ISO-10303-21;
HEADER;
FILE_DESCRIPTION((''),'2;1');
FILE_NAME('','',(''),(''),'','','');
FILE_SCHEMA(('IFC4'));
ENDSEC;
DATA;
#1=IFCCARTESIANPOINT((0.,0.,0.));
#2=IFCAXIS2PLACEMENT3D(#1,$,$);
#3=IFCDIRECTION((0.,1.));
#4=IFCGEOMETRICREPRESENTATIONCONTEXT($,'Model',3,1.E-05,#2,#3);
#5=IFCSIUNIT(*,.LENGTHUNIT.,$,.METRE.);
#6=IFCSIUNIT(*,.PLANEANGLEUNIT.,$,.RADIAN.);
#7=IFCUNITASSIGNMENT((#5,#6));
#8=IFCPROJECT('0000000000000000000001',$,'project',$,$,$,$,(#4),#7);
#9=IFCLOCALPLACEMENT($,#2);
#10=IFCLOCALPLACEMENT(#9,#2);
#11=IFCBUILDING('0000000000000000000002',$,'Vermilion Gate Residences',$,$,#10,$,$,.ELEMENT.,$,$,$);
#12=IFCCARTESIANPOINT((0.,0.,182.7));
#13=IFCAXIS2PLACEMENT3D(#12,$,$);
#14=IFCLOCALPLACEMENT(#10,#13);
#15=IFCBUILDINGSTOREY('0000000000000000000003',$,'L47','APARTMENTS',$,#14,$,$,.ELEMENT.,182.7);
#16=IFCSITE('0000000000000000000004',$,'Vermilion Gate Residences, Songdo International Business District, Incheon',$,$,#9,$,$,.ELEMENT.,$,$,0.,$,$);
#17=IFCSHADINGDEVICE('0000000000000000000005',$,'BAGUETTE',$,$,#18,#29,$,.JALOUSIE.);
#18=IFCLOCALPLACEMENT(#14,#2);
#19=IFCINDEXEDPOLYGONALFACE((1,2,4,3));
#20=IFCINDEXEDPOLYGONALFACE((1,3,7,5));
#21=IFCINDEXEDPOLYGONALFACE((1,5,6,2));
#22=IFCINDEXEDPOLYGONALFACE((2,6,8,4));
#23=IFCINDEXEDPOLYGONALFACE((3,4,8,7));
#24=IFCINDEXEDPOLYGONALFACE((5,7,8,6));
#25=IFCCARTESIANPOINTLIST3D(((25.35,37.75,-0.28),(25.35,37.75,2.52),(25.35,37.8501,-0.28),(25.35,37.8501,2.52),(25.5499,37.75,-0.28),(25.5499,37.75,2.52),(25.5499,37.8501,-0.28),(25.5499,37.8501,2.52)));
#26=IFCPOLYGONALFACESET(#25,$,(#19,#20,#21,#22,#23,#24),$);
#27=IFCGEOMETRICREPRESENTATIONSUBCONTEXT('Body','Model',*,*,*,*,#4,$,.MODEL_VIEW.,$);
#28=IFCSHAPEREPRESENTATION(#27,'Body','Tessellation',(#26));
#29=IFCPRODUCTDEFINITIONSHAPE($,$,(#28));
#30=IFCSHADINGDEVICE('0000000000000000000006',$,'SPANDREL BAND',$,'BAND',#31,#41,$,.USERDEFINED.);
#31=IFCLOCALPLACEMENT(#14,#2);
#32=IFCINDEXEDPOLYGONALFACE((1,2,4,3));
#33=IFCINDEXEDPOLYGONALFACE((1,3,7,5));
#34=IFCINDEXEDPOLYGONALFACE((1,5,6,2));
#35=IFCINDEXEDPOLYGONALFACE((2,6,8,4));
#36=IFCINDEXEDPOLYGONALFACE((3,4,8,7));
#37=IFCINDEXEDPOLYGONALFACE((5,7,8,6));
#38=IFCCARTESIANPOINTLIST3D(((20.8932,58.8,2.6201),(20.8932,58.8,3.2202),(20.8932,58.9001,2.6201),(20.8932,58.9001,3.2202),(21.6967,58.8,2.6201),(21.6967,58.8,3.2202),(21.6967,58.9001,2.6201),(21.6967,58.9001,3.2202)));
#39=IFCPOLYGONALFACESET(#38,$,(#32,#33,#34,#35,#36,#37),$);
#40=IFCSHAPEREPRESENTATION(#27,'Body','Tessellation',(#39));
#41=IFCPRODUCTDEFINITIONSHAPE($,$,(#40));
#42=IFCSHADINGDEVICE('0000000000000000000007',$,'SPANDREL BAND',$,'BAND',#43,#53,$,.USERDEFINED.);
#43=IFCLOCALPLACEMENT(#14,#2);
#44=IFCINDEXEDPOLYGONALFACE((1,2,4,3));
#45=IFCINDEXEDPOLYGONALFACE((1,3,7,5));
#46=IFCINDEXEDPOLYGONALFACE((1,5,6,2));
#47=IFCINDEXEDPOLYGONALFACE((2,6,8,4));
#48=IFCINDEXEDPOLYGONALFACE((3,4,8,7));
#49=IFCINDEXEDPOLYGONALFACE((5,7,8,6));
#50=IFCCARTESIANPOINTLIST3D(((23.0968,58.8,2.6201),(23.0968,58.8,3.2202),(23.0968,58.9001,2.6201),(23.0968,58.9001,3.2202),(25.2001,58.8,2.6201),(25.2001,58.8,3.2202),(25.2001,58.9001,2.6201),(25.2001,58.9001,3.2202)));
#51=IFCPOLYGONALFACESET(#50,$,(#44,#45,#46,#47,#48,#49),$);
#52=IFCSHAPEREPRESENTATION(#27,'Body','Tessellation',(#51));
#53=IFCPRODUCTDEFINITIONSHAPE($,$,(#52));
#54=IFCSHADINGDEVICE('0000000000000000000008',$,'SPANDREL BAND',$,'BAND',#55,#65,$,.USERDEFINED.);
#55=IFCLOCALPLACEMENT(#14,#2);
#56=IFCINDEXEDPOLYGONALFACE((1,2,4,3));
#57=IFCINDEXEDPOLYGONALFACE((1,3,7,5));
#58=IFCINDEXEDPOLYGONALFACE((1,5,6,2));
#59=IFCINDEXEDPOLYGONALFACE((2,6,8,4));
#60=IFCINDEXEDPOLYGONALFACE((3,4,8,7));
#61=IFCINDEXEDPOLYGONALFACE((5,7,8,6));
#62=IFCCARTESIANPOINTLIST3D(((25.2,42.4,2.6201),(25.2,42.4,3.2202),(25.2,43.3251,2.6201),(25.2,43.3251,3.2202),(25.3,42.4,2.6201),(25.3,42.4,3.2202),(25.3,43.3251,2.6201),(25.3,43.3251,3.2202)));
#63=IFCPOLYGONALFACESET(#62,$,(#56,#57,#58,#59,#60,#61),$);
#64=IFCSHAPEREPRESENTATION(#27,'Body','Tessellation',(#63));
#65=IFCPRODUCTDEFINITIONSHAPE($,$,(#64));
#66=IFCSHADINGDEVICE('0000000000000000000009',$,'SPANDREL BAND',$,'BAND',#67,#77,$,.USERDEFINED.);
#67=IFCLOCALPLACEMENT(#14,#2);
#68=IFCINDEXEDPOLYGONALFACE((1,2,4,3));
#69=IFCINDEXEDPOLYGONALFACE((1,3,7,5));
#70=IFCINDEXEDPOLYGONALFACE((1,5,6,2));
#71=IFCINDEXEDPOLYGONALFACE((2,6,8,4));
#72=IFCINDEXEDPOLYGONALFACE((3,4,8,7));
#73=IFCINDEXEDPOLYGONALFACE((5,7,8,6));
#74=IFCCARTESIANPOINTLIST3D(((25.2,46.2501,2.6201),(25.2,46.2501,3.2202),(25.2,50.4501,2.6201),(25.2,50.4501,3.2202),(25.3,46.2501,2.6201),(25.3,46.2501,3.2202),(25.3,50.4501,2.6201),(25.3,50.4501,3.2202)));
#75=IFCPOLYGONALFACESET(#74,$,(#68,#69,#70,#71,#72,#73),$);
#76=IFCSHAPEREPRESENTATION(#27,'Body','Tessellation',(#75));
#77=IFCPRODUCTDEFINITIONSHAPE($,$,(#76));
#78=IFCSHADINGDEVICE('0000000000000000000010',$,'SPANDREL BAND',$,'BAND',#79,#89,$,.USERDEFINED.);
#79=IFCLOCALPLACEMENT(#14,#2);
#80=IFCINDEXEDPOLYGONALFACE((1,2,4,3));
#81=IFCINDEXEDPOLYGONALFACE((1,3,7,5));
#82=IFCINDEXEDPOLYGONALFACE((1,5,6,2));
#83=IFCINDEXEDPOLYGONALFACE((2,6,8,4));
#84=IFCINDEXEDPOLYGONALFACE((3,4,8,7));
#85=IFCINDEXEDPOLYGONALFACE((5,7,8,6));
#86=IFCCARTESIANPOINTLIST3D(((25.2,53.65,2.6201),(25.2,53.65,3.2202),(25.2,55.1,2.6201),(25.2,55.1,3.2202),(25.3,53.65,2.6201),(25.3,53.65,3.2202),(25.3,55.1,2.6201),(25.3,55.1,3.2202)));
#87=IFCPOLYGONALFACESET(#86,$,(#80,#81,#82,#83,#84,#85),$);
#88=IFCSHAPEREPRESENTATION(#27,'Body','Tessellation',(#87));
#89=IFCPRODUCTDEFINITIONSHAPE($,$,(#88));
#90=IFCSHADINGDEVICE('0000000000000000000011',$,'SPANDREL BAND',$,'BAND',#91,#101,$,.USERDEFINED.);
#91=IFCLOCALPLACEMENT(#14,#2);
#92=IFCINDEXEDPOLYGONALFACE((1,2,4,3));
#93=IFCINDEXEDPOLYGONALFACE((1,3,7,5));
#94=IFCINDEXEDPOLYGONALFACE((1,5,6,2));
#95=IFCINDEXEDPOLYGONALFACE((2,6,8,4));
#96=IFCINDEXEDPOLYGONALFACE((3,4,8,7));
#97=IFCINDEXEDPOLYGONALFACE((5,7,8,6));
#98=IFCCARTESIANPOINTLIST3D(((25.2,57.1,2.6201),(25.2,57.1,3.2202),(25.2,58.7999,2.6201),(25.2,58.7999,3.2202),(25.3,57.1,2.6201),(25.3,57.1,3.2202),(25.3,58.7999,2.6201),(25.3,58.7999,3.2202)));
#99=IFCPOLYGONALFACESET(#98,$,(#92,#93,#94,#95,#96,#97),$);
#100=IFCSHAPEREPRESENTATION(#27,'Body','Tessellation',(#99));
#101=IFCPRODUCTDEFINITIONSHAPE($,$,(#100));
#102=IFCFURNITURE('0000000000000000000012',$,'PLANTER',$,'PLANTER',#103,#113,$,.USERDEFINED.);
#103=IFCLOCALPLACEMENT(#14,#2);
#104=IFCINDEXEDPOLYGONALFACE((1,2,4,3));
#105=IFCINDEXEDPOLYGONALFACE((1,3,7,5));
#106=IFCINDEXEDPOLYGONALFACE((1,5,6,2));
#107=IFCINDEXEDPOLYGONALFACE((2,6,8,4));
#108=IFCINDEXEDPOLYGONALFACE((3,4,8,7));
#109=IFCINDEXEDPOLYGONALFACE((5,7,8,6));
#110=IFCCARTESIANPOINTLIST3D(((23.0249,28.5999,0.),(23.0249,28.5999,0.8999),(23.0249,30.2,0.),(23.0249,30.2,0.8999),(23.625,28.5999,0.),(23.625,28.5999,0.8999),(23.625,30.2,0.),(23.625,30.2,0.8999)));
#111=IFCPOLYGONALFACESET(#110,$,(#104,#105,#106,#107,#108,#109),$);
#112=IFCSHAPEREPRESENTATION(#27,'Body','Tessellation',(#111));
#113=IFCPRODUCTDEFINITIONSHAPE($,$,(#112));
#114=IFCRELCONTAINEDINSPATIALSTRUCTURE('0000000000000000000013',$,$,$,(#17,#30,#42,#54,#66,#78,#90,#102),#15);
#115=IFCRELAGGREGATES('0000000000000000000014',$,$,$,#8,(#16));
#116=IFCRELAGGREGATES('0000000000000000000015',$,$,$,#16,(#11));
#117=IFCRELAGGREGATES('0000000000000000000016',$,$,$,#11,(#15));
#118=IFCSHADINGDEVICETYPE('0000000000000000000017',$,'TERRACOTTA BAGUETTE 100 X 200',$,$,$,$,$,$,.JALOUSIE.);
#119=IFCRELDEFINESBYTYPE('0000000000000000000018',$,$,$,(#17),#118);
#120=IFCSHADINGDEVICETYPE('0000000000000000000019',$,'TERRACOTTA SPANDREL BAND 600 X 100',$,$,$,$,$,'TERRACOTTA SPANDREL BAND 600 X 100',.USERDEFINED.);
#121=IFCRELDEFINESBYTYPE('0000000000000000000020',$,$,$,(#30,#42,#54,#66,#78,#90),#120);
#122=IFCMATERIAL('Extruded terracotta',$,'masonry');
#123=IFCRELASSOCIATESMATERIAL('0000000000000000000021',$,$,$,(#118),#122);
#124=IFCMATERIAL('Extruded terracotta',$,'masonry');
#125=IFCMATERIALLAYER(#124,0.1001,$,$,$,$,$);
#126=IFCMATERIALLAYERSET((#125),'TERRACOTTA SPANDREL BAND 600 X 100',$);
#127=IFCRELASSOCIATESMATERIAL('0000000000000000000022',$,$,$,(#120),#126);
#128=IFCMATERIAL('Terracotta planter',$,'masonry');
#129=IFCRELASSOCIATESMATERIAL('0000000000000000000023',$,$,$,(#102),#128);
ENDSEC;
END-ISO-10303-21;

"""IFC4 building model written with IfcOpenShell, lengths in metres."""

from ifc_helpers import new_model, si_unit, direction, frame, origin, origin_2d, place, context, subcontext, project, spatial, rectangle, extrude, material, layer, layer_set, material_profile, profile_set, type_object, element, save


model = new_model("IFC4")

# Units and contexts
model_context = context("Model", 3, precision=1e-05, world=origin(), true_north=direction((0.0, 1.0)))
body_context = subcontext(model_context, "Body", "Model", "MODEL_VIEW")
ifc_project = project(units=[si_unit("LENGTHUNIT", "METRE"), si_unit("PLANEANGLEUNIT", "RADIAN")], contexts=[model_context])

# Site, building, storey
site_placement = place(None, origin())
site = spatial("IfcSite", under=ifc_project, at=site_placement, Name="Vermilion Gate Residences, Songdo International Business District, Incheon", CompositionType="ELEMENT", RefElevation=0.0)
building_placement = place(site_placement, origin())
building = spatial("IfcBuilding", under=site, at=building_placement, Name="Vermilion Gate Residences", CompositionType="ELEMENT")
storey_placement = place(building_placement, frame((0.0, 0.0, 182.7)))
storey = spatial("IfcBuildingStorey", under=building, at=storey_placement, Name="L47", Description="APARTMENTS", CompositionType="ELEMENT", Elevation=182.7)

# Shading devices
ifc_material_1 = material(Name="Extruded terracotta", Category="masonry")
ifc_material_profile_1 = material_profile(ifc_material_1, rectangle(XDim=0.2, YDim=0.1001, at=origin_2d()), Name="BAGUETTE 100 X 200")
ifc_profile_set_1 = profile_set([ifc_material_profile_1], Name="Extruded terracotta")
shading_device_type_1 = type_object("IfcShadingDeviceType", Name="TERRACOTTA BAGUETTE 100 X 200", PredefinedType="JALOUSIE", material=ifc_profile_set_1)
shading_device_1_placement = place(storey_placement, frame((25.45, 37.8, -0.28), z_axis=(0.0, 0.0, 1.0), x_axis=(-1.0, 0.0, 0.0)))
element("IfcShadingDevice", 1, at=shading_device_1_placement, inside=storey, type_object=shading_device_type_1, Name="BAGUETTE", PredefinedType="JALOUSIE", context=body_context, shape_type="SweptSolid", body=[
    extrude(rectangle(XDim=0.2, YDim=0.1001, at=origin_2d()), origin(), (0.0, 0.0, 1.0), 2.8),
])
ifc_material_2 = material(Name="Extruded terracotta", Category="masonry")
ifc_layer_1 = layer(ifc_material_2, 0.1001)
ifc_layer_set_1 = layer_set([ifc_layer_1], Name="TERRACOTTA SPANDREL BAND 600 X 100")
shading_device_type_2 = type_object("IfcShadingDeviceType", Name="TERRACOTTA SPANDREL BAND 600 X 100", ElementType="TERRACOTTA SPANDREL BAND 600 X 100", PredefinedType="USERDEFINED", material=ifc_layer_set_1)
shading_device_2_placement = place(storey_placement, frame((21.2949, 58.8501, 2.6201), z_axis=(0.0, 0.0, 1.0), x_axis=(1.0, 0.0, 0.0)))
element("IfcShadingDevice", 2, at=shading_device_2_placement, inside=storey, type_object=shading_device_type_2, Name="SPANDREL BAND", ObjectType="BAND", PredefinedType="USERDEFINED", context=body_context, shape_type="SweptSolid", body=[
    extrude(rectangle(XDim=0.8035, YDim=0.1001, at=origin_2d()), origin(), (0.0, 0.0, 1.0), 0.6001),
])
shading_device_3_placement = place(storey_placement, frame((24.1484, 58.8501, 2.6201), z_axis=(0.0, 0.0, 1.0), x_axis=(1.0, 0.0, 0.0)))
element("IfcShadingDevice", 3, at=shading_device_3_placement, inside=storey, type_object=shading_device_type_2, Name="SPANDREL BAND", ObjectType="BAND", PredefinedType="USERDEFINED", context=body_context, shape_type="SweptSolid", body=[
    extrude(rectangle(XDim=2.1033, YDim=0.1001, at=origin_2d()), origin(), (0.0, 0.0, 1.0), 0.6001),
])
shading_device_4_placement = place(storey_placement, frame((25.25, 42.8625, 2.6201), z_axis=(0.0, 0.0, 1.0), x_axis=(0.0, 1.0, 0.0)))
element("IfcShadingDevice", 4, at=shading_device_4_placement, inside=storey, type_object=shading_device_type_2, Name="SPANDREL BAND", ObjectType="BAND", PredefinedType="USERDEFINED", context=body_context, shape_type="SweptSolid", body=[
    extrude(rectangle(XDim=0.925, YDim=0.1001, at=origin_2d()), origin(), (0.0, 0.0, 1.0), 0.6001),
])
shading_device_5_placement = place(storey_placement, frame((25.25, 48.3501, 2.6201), z_axis=(0.0, 0.0, 1.0), x_axis=(0.0, 1.0, 0.0)))
element("IfcShadingDevice", 5, at=shading_device_5_placement, inside=storey, type_object=shading_device_type_2, Name="SPANDREL BAND", ObjectType="BAND", PredefinedType="USERDEFINED", context=body_context, shape_type="SweptSolid", body=[
    extrude(rectangle(XDim=4.2, YDim=0.1001, at=origin_2d()), origin(), (0.0, 0.0, 1.0), 0.6001),
])
shading_device_6_placement = place(storey_placement, frame((25.25, 54.375, 2.6201), z_axis=(0.0, 0.0, 1.0), x_axis=(0.0, 1.0, 0.0)))
element("IfcShadingDevice", 6, at=shading_device_6_placement, inside=storey, type_object=shading_device_type_2, Name="SPANDREL BAND", ObjectType="BAND", PredefinedType="USERDEFINED", context=body_context, shape_type="SweptSolid", body=[
    extrude(rectangle(XDim=1.45, YDim=0.1001, at=origin_2d()), origin(), (0.0, 0.0, 1.0), 0.6001),
])
shading_device_7_placement = place(storey_placement, frame((25.25, 57.95, 2.6201), z_axis=(0.0, 0.0, 1.0), x_axis=(0.0, 1.0, 0.0)))
element("IfcShadingDevice", 7, at=shading_device_7_placement, inside=storey, type_object=shading_device_type_2, Name="SPANDREL BAND", ObjectType="BAND", PredefinedType="USERDEFINED", context=body_context, shape_type="SweptSolid", body=[
    extrude(rectangle(XDim=1.7, YDim=0.1001, at=origin_2d()), origin(), (0.0, 0.0, 1.0), 0.6001),
])

# Furniture
ifc_material_3 = material(Name="Terracotta planter", Category="masonry")
furniture_placement = place(storey_placement, frame((23.325, 29.3999, 0.0), z_axis=(0.0, 0.0, 1.0), x_axis=(0.0, 1.0, 0.0)))
element("IfcFurniture", 8, at=furniture_placement, inside=storey, material=ifc_material_3, Name="PLANTER", ObjectType="PLANTER", PredefinedType="USERDEFINED", context=body_context, shape_type="SweptSolid", body=[
    extrude(rectangle(XDim=1.6001, YDim=0.6001, at=origin_2d()), origin(), (0.0, 0.0, 1.0), 0.8999),
])

save(model, "model.ifc")
